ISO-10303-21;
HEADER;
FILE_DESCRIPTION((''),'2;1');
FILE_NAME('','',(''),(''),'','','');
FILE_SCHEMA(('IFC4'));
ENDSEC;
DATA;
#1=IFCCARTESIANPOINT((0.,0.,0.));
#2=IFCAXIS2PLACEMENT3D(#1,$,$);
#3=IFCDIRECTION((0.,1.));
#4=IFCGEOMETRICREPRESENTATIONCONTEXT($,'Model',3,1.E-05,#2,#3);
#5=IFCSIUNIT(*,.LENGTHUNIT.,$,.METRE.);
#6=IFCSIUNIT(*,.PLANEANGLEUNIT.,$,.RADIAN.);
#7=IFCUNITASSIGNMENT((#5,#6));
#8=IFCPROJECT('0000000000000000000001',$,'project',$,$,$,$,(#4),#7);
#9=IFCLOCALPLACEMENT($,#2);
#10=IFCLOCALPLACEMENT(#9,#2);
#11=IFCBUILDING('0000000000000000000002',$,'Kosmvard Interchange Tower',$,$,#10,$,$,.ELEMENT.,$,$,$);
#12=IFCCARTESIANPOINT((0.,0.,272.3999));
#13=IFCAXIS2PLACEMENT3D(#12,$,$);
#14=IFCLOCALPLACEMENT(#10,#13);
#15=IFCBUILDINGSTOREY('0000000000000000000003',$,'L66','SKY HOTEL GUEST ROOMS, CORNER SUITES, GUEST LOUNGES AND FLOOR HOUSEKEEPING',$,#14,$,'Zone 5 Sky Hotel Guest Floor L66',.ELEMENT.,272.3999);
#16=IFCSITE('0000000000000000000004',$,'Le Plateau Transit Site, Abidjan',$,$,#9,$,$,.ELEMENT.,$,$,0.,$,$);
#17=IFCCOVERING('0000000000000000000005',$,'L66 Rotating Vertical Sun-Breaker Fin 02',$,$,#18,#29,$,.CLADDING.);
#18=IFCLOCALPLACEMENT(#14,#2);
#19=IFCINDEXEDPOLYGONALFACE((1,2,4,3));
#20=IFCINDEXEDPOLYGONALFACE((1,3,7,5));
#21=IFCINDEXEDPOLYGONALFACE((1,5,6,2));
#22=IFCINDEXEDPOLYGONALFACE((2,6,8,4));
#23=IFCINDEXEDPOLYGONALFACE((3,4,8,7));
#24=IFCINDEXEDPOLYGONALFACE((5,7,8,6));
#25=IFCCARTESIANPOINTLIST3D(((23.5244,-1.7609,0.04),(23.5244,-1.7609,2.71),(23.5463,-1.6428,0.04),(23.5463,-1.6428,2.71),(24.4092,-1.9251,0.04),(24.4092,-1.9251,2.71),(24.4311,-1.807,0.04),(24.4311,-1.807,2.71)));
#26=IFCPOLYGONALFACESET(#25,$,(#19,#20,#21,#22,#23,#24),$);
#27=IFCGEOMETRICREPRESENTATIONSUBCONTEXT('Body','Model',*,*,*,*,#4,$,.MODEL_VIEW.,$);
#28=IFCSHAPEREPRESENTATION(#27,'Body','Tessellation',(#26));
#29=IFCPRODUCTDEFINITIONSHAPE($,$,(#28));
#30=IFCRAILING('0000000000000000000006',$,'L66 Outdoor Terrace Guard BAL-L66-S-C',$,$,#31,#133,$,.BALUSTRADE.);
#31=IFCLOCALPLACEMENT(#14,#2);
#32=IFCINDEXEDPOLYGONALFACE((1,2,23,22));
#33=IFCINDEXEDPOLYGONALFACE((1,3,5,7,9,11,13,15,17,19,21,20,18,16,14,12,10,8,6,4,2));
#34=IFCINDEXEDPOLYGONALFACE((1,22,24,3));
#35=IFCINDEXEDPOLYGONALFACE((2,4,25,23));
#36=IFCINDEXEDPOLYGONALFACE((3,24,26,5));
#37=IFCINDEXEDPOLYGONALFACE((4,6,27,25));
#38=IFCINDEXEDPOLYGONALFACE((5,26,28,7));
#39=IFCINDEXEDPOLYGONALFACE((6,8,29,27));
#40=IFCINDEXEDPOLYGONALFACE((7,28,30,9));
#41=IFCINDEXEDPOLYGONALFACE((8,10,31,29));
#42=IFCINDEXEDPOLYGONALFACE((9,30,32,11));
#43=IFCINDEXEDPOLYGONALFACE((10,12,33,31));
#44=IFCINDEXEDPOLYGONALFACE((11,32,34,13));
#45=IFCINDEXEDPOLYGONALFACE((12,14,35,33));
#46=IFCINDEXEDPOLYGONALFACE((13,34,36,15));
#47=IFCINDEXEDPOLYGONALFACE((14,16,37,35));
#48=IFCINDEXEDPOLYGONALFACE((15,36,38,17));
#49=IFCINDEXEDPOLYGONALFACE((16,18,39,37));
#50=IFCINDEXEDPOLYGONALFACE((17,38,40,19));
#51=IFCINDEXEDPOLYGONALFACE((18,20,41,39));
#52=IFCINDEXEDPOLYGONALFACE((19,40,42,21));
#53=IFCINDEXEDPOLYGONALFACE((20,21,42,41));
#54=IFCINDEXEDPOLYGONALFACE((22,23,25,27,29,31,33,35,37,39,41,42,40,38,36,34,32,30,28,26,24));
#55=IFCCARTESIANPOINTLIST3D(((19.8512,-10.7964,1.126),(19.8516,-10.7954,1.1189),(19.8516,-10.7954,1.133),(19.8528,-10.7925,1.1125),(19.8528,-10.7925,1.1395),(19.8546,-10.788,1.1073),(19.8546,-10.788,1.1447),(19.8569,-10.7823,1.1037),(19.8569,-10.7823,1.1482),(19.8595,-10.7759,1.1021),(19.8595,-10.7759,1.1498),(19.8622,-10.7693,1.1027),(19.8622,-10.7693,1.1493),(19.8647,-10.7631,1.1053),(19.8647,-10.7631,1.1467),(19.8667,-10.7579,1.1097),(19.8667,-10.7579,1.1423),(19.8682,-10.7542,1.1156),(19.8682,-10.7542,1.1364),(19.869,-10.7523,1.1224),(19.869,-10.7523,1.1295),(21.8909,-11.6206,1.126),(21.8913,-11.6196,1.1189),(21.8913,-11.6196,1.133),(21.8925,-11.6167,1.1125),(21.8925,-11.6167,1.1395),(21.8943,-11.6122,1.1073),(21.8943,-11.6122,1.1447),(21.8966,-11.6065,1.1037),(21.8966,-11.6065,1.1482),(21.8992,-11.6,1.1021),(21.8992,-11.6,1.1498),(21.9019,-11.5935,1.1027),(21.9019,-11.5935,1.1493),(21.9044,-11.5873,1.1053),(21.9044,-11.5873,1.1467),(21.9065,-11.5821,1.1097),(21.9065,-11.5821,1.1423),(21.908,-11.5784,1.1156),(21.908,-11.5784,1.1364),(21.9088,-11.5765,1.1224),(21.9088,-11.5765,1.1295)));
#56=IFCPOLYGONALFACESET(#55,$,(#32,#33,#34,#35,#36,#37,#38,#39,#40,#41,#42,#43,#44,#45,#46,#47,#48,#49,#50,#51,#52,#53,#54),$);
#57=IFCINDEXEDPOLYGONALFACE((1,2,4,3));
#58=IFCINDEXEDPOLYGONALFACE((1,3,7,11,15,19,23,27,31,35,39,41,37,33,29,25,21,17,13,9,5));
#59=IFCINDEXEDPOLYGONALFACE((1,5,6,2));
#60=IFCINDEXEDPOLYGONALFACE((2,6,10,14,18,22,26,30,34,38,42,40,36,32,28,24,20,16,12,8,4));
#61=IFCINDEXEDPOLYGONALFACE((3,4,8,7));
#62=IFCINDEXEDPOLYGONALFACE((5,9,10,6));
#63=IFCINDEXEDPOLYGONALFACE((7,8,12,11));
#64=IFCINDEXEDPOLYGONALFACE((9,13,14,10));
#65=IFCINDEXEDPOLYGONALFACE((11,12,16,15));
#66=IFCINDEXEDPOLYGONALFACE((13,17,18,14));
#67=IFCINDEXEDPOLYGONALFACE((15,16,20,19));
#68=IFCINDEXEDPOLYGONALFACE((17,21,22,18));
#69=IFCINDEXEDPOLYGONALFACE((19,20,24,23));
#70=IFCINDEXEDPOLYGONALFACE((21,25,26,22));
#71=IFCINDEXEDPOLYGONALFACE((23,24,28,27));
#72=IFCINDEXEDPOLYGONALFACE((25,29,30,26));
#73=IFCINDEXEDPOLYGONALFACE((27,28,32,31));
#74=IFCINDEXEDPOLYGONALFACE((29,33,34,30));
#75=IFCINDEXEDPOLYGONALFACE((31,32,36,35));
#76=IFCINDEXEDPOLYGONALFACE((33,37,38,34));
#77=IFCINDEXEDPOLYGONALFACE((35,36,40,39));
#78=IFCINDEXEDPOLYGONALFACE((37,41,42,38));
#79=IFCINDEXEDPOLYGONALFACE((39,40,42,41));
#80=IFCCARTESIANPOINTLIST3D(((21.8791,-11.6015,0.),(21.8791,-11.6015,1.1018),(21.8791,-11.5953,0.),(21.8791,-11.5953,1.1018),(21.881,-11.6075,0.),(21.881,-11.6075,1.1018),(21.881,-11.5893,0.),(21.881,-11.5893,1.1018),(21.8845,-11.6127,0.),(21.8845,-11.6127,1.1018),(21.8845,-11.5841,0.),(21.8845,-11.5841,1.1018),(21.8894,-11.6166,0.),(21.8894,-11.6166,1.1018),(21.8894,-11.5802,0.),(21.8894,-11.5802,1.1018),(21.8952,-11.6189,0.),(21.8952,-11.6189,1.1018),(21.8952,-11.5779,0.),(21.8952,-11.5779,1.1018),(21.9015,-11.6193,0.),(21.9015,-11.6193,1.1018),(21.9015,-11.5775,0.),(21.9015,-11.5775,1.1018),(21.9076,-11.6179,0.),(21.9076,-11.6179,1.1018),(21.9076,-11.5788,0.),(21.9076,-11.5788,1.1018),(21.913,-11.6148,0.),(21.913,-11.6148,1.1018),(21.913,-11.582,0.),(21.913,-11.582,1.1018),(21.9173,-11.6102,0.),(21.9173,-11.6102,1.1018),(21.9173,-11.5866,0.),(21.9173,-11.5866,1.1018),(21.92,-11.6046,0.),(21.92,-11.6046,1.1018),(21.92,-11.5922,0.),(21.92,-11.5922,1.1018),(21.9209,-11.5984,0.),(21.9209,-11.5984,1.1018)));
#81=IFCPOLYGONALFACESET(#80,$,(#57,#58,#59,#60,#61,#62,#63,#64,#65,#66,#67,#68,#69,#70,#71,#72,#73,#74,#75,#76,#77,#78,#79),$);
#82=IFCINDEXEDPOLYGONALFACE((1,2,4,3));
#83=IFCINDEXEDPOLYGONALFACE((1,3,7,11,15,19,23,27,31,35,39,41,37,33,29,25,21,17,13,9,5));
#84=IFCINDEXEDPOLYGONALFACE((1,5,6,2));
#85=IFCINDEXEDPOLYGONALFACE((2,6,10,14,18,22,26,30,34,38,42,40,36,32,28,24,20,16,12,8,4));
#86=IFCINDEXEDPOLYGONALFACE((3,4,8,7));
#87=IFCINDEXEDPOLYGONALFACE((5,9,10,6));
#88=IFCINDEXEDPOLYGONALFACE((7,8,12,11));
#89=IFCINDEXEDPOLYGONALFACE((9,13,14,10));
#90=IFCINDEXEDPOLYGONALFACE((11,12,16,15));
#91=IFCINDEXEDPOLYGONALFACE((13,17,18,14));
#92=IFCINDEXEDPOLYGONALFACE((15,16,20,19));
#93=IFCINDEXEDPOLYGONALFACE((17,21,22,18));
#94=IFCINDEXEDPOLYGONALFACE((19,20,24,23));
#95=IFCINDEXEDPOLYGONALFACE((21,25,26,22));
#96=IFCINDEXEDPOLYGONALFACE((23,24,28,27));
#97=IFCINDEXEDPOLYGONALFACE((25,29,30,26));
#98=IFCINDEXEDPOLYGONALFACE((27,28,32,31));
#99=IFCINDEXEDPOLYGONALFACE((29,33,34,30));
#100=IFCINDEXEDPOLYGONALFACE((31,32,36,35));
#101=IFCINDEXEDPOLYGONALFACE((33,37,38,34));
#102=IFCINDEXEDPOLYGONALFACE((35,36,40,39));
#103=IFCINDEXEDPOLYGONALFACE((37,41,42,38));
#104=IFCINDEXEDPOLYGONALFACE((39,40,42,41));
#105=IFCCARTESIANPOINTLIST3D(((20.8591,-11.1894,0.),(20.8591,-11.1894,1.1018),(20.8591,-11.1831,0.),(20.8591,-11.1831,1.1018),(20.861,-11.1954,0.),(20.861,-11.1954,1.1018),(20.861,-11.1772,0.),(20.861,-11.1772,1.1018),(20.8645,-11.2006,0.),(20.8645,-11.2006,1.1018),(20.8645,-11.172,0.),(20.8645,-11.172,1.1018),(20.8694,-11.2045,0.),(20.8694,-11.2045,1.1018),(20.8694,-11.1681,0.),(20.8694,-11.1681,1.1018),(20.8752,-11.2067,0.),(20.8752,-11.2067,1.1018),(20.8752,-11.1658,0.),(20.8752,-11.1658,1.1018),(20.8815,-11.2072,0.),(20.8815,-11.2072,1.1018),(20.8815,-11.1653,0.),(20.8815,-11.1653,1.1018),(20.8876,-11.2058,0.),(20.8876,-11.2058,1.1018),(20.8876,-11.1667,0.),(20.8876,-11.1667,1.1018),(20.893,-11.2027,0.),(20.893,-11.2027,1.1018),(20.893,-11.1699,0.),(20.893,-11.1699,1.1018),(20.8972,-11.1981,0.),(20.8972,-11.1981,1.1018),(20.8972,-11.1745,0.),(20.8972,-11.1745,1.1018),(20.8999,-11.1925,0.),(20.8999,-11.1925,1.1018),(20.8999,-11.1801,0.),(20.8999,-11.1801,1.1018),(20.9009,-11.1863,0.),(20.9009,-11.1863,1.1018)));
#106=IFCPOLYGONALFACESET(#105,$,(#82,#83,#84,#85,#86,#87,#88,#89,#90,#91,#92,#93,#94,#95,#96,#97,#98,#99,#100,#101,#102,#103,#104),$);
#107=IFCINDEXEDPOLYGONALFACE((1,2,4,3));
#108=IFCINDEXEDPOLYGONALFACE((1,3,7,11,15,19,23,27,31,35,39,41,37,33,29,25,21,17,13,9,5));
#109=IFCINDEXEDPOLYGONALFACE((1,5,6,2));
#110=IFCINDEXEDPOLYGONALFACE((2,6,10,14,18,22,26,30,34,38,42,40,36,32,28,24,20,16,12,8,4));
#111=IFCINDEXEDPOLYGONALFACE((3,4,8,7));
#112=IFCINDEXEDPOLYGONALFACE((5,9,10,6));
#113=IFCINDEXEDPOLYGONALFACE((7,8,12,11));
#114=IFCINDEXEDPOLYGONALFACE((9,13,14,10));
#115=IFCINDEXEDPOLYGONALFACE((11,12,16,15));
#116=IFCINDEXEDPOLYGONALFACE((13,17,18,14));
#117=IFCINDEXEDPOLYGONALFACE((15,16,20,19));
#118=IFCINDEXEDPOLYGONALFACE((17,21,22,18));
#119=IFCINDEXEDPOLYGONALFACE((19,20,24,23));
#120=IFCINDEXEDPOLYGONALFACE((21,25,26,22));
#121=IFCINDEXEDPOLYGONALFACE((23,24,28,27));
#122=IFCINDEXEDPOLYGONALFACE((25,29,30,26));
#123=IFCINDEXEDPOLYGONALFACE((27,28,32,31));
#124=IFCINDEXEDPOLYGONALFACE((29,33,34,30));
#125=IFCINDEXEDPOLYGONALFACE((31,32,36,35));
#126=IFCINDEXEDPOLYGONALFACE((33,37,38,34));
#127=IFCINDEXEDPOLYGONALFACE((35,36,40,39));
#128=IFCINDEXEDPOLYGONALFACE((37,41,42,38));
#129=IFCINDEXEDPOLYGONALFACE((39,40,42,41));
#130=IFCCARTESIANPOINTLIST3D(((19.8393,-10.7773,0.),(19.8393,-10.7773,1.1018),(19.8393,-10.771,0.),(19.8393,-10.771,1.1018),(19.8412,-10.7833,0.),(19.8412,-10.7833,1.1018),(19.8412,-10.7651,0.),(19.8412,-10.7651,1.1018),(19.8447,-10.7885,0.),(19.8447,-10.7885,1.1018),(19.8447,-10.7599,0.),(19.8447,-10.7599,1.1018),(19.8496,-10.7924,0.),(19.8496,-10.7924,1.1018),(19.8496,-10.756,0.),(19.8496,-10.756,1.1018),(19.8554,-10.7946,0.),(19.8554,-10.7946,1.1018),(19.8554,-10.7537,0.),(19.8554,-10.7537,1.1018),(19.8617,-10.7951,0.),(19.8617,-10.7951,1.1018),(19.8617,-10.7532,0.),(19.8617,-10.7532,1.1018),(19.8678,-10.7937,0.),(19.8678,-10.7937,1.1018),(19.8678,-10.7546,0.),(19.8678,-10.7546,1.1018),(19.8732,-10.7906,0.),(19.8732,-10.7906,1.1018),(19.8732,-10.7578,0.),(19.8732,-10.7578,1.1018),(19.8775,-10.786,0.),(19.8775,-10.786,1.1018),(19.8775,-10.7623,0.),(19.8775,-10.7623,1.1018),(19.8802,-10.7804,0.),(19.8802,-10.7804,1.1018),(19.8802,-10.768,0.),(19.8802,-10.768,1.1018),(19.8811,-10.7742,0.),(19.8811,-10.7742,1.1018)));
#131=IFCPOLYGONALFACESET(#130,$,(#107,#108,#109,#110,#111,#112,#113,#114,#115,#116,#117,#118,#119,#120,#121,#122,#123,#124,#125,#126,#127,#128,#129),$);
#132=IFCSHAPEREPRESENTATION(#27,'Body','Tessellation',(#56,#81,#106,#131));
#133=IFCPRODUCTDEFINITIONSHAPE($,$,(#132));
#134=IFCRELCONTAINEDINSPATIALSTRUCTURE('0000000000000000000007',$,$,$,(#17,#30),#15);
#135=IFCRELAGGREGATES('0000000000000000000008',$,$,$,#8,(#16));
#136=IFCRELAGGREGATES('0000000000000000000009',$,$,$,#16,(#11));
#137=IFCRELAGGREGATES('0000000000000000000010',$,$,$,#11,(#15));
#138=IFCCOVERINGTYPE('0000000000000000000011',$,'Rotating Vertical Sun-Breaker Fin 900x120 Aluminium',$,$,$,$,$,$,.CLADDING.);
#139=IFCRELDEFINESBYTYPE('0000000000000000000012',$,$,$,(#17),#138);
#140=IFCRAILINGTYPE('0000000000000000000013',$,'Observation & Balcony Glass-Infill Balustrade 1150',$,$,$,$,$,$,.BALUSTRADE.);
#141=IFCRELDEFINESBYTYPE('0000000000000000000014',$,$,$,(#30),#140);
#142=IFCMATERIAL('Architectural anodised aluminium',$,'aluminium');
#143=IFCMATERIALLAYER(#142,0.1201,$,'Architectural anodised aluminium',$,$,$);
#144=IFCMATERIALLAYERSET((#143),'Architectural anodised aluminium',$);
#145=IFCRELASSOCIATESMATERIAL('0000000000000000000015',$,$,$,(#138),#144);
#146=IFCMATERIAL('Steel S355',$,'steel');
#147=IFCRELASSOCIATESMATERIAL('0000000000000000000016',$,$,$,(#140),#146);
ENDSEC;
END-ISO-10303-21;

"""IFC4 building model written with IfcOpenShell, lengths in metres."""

from ifc_helpers import new_model, si_unit, direction, frame, origin, origin_2d, place, context, subcontext, project, spatial, rectangle, circle, extrude, source, transform, mapped, material, layer, layer_set, type_object, element, save


model = new_model("IFC4")

# Units and contexts
model_context = context("Model", 3, precision=1e-05, world=origin(), true_north=direction((0.0, 1.0)))
body_context = subcontext(model_context, "Body", "Model", "MODEL_VIEW")
ifc_project = project(units=[si_unit("LENGTHUNIT", "METRE"), si_unit("PLANEANGLEUNIT", "RADIAN")], contexts=[model_context])

# Site, building, storey
site_placement = place(None, origin())
site = spatial("IfcSite", under=ifc_project, at=site_placement, Name="Le Plateau Transit Site, Abidjan", CompositionType="ELEMENT", RefElevation=0.0)
building_placement = place(site_placement, origin())
building = spatial("IfcBuilding", under=site, at=building_placement, Name="Kosmvard Interchange Tower", CompositionType="ELEMENT")
storey_placement = place(building_placement, frame((0.0, 0.0, 272.3999)))
storey = spatial("IfcBuildingStorey", under=building, at=storey_placement, Name="L66", Description="SKY HOTEL GUEST ROOMS, CORNER SUITES, GUEST LOUNGES AND FLOOR HOUSEKEEPING", LongName="Zone 5 Sky Hotel Guest Floor L66", CompositionType="ELEMENT", Elevation=272.3999)

# Shared definitions
ifc_material_1 = material(Name="Steel S355", Category="steel")

# Covering
ifc_material_2 = material(Name="Architectural anodised aluminium", Category="aluminium")
ifc_layer_1 = layer(ifc_material_2, 0.1201, Name="Architectural anodised aluminium")
ifc_layer_set_1 = layer_set([ifc_layer_1], Name="Architectural anodised aluminium")
covering_type = type_object("IfcCoveringType", Name="Rotating Vertical Sun-Breaker Fin 900x120 Aluminium", PredefinedType="CLADDING", material=ifc_layer_set_1)
shared_shape_1 = source(origin(), body_context, "Body", "SweptSolid", [
    extrude(rectangle(XDim=0.8999, YDim=0.1201, at=origin_2d()), origin(), (0.0, 0.0, 1.0), 2.6699),
])
covering_placement = place(storey_placement, frame((23.9778, -1.7839, 0.04), z_axis=(0.0, 0.0, 1.0), x_axis=(0.983223, -0.182407, 0.0)))
element("IfcCovering", 1, at=covering_placement, inside=storey, type_object=covering_type, Name="L66 Rotating Vertical Sun-Breaker Fin 02", PredefinedType="CLADDING", context=body_context, shape_type="MappedRepresentation", body=[
    mapped(shared_shape_1, transform((0.0, 0.0, 0.0), scale=1.0)),
])

# Railing
railing_type = type_object("IfcRailingType", Name="Observation & Balcony Glass-Infill Balustrade 1150", PredefinedType="BALUSTRADE", material=ifc_material_1)
shared_shape_2 = source(origin(), body_context, "Body", "SweptSolid", [
    extrude(circle(Radius=0.0239, at=origin_2d()), frame((0.0, 0.0, 1.126), z_axis=(-0.92717, 0.374641, 0.0), x_axis=(-0.374641, -0.92717, 0.0)), (0.0, 0.0, 1.0), 2.2),
    extrude(circle(Radius=0.021, at=origin_2d()), origin(), (0.0, 0.0, 1.0), 1.1018),
    extrude(circle(Radius=0.021, at=origin_2d()), frame((-1.02, 0.4121, 0.0)), (0.0, 0.0, 1.0), 1.1018),
    extrude(circle(Radius=0.021, at=origin_2d()), frame((-2.0398, 0.8242, 0.0)), (0.0, 0.0, 1.0), 1.1018),
])
railing_placement = place(storey_placement, frame((21.8999, -11.5984, 0.0)))
element("IfcRailing", 2, at=railing_placement, inside=storey, type_object=railing_type, Name="L66 Outdoor Terrace Guard BAL-L66-S-C", PredefinedType="BALUSTRADE", context=body_context, shape_type="MappedRepresentation", body=[
    mapped(shared_shape_2, transform((0.0, 0.0, 0.0), scale=1.0)),
])

save(model, "model.ifc")
